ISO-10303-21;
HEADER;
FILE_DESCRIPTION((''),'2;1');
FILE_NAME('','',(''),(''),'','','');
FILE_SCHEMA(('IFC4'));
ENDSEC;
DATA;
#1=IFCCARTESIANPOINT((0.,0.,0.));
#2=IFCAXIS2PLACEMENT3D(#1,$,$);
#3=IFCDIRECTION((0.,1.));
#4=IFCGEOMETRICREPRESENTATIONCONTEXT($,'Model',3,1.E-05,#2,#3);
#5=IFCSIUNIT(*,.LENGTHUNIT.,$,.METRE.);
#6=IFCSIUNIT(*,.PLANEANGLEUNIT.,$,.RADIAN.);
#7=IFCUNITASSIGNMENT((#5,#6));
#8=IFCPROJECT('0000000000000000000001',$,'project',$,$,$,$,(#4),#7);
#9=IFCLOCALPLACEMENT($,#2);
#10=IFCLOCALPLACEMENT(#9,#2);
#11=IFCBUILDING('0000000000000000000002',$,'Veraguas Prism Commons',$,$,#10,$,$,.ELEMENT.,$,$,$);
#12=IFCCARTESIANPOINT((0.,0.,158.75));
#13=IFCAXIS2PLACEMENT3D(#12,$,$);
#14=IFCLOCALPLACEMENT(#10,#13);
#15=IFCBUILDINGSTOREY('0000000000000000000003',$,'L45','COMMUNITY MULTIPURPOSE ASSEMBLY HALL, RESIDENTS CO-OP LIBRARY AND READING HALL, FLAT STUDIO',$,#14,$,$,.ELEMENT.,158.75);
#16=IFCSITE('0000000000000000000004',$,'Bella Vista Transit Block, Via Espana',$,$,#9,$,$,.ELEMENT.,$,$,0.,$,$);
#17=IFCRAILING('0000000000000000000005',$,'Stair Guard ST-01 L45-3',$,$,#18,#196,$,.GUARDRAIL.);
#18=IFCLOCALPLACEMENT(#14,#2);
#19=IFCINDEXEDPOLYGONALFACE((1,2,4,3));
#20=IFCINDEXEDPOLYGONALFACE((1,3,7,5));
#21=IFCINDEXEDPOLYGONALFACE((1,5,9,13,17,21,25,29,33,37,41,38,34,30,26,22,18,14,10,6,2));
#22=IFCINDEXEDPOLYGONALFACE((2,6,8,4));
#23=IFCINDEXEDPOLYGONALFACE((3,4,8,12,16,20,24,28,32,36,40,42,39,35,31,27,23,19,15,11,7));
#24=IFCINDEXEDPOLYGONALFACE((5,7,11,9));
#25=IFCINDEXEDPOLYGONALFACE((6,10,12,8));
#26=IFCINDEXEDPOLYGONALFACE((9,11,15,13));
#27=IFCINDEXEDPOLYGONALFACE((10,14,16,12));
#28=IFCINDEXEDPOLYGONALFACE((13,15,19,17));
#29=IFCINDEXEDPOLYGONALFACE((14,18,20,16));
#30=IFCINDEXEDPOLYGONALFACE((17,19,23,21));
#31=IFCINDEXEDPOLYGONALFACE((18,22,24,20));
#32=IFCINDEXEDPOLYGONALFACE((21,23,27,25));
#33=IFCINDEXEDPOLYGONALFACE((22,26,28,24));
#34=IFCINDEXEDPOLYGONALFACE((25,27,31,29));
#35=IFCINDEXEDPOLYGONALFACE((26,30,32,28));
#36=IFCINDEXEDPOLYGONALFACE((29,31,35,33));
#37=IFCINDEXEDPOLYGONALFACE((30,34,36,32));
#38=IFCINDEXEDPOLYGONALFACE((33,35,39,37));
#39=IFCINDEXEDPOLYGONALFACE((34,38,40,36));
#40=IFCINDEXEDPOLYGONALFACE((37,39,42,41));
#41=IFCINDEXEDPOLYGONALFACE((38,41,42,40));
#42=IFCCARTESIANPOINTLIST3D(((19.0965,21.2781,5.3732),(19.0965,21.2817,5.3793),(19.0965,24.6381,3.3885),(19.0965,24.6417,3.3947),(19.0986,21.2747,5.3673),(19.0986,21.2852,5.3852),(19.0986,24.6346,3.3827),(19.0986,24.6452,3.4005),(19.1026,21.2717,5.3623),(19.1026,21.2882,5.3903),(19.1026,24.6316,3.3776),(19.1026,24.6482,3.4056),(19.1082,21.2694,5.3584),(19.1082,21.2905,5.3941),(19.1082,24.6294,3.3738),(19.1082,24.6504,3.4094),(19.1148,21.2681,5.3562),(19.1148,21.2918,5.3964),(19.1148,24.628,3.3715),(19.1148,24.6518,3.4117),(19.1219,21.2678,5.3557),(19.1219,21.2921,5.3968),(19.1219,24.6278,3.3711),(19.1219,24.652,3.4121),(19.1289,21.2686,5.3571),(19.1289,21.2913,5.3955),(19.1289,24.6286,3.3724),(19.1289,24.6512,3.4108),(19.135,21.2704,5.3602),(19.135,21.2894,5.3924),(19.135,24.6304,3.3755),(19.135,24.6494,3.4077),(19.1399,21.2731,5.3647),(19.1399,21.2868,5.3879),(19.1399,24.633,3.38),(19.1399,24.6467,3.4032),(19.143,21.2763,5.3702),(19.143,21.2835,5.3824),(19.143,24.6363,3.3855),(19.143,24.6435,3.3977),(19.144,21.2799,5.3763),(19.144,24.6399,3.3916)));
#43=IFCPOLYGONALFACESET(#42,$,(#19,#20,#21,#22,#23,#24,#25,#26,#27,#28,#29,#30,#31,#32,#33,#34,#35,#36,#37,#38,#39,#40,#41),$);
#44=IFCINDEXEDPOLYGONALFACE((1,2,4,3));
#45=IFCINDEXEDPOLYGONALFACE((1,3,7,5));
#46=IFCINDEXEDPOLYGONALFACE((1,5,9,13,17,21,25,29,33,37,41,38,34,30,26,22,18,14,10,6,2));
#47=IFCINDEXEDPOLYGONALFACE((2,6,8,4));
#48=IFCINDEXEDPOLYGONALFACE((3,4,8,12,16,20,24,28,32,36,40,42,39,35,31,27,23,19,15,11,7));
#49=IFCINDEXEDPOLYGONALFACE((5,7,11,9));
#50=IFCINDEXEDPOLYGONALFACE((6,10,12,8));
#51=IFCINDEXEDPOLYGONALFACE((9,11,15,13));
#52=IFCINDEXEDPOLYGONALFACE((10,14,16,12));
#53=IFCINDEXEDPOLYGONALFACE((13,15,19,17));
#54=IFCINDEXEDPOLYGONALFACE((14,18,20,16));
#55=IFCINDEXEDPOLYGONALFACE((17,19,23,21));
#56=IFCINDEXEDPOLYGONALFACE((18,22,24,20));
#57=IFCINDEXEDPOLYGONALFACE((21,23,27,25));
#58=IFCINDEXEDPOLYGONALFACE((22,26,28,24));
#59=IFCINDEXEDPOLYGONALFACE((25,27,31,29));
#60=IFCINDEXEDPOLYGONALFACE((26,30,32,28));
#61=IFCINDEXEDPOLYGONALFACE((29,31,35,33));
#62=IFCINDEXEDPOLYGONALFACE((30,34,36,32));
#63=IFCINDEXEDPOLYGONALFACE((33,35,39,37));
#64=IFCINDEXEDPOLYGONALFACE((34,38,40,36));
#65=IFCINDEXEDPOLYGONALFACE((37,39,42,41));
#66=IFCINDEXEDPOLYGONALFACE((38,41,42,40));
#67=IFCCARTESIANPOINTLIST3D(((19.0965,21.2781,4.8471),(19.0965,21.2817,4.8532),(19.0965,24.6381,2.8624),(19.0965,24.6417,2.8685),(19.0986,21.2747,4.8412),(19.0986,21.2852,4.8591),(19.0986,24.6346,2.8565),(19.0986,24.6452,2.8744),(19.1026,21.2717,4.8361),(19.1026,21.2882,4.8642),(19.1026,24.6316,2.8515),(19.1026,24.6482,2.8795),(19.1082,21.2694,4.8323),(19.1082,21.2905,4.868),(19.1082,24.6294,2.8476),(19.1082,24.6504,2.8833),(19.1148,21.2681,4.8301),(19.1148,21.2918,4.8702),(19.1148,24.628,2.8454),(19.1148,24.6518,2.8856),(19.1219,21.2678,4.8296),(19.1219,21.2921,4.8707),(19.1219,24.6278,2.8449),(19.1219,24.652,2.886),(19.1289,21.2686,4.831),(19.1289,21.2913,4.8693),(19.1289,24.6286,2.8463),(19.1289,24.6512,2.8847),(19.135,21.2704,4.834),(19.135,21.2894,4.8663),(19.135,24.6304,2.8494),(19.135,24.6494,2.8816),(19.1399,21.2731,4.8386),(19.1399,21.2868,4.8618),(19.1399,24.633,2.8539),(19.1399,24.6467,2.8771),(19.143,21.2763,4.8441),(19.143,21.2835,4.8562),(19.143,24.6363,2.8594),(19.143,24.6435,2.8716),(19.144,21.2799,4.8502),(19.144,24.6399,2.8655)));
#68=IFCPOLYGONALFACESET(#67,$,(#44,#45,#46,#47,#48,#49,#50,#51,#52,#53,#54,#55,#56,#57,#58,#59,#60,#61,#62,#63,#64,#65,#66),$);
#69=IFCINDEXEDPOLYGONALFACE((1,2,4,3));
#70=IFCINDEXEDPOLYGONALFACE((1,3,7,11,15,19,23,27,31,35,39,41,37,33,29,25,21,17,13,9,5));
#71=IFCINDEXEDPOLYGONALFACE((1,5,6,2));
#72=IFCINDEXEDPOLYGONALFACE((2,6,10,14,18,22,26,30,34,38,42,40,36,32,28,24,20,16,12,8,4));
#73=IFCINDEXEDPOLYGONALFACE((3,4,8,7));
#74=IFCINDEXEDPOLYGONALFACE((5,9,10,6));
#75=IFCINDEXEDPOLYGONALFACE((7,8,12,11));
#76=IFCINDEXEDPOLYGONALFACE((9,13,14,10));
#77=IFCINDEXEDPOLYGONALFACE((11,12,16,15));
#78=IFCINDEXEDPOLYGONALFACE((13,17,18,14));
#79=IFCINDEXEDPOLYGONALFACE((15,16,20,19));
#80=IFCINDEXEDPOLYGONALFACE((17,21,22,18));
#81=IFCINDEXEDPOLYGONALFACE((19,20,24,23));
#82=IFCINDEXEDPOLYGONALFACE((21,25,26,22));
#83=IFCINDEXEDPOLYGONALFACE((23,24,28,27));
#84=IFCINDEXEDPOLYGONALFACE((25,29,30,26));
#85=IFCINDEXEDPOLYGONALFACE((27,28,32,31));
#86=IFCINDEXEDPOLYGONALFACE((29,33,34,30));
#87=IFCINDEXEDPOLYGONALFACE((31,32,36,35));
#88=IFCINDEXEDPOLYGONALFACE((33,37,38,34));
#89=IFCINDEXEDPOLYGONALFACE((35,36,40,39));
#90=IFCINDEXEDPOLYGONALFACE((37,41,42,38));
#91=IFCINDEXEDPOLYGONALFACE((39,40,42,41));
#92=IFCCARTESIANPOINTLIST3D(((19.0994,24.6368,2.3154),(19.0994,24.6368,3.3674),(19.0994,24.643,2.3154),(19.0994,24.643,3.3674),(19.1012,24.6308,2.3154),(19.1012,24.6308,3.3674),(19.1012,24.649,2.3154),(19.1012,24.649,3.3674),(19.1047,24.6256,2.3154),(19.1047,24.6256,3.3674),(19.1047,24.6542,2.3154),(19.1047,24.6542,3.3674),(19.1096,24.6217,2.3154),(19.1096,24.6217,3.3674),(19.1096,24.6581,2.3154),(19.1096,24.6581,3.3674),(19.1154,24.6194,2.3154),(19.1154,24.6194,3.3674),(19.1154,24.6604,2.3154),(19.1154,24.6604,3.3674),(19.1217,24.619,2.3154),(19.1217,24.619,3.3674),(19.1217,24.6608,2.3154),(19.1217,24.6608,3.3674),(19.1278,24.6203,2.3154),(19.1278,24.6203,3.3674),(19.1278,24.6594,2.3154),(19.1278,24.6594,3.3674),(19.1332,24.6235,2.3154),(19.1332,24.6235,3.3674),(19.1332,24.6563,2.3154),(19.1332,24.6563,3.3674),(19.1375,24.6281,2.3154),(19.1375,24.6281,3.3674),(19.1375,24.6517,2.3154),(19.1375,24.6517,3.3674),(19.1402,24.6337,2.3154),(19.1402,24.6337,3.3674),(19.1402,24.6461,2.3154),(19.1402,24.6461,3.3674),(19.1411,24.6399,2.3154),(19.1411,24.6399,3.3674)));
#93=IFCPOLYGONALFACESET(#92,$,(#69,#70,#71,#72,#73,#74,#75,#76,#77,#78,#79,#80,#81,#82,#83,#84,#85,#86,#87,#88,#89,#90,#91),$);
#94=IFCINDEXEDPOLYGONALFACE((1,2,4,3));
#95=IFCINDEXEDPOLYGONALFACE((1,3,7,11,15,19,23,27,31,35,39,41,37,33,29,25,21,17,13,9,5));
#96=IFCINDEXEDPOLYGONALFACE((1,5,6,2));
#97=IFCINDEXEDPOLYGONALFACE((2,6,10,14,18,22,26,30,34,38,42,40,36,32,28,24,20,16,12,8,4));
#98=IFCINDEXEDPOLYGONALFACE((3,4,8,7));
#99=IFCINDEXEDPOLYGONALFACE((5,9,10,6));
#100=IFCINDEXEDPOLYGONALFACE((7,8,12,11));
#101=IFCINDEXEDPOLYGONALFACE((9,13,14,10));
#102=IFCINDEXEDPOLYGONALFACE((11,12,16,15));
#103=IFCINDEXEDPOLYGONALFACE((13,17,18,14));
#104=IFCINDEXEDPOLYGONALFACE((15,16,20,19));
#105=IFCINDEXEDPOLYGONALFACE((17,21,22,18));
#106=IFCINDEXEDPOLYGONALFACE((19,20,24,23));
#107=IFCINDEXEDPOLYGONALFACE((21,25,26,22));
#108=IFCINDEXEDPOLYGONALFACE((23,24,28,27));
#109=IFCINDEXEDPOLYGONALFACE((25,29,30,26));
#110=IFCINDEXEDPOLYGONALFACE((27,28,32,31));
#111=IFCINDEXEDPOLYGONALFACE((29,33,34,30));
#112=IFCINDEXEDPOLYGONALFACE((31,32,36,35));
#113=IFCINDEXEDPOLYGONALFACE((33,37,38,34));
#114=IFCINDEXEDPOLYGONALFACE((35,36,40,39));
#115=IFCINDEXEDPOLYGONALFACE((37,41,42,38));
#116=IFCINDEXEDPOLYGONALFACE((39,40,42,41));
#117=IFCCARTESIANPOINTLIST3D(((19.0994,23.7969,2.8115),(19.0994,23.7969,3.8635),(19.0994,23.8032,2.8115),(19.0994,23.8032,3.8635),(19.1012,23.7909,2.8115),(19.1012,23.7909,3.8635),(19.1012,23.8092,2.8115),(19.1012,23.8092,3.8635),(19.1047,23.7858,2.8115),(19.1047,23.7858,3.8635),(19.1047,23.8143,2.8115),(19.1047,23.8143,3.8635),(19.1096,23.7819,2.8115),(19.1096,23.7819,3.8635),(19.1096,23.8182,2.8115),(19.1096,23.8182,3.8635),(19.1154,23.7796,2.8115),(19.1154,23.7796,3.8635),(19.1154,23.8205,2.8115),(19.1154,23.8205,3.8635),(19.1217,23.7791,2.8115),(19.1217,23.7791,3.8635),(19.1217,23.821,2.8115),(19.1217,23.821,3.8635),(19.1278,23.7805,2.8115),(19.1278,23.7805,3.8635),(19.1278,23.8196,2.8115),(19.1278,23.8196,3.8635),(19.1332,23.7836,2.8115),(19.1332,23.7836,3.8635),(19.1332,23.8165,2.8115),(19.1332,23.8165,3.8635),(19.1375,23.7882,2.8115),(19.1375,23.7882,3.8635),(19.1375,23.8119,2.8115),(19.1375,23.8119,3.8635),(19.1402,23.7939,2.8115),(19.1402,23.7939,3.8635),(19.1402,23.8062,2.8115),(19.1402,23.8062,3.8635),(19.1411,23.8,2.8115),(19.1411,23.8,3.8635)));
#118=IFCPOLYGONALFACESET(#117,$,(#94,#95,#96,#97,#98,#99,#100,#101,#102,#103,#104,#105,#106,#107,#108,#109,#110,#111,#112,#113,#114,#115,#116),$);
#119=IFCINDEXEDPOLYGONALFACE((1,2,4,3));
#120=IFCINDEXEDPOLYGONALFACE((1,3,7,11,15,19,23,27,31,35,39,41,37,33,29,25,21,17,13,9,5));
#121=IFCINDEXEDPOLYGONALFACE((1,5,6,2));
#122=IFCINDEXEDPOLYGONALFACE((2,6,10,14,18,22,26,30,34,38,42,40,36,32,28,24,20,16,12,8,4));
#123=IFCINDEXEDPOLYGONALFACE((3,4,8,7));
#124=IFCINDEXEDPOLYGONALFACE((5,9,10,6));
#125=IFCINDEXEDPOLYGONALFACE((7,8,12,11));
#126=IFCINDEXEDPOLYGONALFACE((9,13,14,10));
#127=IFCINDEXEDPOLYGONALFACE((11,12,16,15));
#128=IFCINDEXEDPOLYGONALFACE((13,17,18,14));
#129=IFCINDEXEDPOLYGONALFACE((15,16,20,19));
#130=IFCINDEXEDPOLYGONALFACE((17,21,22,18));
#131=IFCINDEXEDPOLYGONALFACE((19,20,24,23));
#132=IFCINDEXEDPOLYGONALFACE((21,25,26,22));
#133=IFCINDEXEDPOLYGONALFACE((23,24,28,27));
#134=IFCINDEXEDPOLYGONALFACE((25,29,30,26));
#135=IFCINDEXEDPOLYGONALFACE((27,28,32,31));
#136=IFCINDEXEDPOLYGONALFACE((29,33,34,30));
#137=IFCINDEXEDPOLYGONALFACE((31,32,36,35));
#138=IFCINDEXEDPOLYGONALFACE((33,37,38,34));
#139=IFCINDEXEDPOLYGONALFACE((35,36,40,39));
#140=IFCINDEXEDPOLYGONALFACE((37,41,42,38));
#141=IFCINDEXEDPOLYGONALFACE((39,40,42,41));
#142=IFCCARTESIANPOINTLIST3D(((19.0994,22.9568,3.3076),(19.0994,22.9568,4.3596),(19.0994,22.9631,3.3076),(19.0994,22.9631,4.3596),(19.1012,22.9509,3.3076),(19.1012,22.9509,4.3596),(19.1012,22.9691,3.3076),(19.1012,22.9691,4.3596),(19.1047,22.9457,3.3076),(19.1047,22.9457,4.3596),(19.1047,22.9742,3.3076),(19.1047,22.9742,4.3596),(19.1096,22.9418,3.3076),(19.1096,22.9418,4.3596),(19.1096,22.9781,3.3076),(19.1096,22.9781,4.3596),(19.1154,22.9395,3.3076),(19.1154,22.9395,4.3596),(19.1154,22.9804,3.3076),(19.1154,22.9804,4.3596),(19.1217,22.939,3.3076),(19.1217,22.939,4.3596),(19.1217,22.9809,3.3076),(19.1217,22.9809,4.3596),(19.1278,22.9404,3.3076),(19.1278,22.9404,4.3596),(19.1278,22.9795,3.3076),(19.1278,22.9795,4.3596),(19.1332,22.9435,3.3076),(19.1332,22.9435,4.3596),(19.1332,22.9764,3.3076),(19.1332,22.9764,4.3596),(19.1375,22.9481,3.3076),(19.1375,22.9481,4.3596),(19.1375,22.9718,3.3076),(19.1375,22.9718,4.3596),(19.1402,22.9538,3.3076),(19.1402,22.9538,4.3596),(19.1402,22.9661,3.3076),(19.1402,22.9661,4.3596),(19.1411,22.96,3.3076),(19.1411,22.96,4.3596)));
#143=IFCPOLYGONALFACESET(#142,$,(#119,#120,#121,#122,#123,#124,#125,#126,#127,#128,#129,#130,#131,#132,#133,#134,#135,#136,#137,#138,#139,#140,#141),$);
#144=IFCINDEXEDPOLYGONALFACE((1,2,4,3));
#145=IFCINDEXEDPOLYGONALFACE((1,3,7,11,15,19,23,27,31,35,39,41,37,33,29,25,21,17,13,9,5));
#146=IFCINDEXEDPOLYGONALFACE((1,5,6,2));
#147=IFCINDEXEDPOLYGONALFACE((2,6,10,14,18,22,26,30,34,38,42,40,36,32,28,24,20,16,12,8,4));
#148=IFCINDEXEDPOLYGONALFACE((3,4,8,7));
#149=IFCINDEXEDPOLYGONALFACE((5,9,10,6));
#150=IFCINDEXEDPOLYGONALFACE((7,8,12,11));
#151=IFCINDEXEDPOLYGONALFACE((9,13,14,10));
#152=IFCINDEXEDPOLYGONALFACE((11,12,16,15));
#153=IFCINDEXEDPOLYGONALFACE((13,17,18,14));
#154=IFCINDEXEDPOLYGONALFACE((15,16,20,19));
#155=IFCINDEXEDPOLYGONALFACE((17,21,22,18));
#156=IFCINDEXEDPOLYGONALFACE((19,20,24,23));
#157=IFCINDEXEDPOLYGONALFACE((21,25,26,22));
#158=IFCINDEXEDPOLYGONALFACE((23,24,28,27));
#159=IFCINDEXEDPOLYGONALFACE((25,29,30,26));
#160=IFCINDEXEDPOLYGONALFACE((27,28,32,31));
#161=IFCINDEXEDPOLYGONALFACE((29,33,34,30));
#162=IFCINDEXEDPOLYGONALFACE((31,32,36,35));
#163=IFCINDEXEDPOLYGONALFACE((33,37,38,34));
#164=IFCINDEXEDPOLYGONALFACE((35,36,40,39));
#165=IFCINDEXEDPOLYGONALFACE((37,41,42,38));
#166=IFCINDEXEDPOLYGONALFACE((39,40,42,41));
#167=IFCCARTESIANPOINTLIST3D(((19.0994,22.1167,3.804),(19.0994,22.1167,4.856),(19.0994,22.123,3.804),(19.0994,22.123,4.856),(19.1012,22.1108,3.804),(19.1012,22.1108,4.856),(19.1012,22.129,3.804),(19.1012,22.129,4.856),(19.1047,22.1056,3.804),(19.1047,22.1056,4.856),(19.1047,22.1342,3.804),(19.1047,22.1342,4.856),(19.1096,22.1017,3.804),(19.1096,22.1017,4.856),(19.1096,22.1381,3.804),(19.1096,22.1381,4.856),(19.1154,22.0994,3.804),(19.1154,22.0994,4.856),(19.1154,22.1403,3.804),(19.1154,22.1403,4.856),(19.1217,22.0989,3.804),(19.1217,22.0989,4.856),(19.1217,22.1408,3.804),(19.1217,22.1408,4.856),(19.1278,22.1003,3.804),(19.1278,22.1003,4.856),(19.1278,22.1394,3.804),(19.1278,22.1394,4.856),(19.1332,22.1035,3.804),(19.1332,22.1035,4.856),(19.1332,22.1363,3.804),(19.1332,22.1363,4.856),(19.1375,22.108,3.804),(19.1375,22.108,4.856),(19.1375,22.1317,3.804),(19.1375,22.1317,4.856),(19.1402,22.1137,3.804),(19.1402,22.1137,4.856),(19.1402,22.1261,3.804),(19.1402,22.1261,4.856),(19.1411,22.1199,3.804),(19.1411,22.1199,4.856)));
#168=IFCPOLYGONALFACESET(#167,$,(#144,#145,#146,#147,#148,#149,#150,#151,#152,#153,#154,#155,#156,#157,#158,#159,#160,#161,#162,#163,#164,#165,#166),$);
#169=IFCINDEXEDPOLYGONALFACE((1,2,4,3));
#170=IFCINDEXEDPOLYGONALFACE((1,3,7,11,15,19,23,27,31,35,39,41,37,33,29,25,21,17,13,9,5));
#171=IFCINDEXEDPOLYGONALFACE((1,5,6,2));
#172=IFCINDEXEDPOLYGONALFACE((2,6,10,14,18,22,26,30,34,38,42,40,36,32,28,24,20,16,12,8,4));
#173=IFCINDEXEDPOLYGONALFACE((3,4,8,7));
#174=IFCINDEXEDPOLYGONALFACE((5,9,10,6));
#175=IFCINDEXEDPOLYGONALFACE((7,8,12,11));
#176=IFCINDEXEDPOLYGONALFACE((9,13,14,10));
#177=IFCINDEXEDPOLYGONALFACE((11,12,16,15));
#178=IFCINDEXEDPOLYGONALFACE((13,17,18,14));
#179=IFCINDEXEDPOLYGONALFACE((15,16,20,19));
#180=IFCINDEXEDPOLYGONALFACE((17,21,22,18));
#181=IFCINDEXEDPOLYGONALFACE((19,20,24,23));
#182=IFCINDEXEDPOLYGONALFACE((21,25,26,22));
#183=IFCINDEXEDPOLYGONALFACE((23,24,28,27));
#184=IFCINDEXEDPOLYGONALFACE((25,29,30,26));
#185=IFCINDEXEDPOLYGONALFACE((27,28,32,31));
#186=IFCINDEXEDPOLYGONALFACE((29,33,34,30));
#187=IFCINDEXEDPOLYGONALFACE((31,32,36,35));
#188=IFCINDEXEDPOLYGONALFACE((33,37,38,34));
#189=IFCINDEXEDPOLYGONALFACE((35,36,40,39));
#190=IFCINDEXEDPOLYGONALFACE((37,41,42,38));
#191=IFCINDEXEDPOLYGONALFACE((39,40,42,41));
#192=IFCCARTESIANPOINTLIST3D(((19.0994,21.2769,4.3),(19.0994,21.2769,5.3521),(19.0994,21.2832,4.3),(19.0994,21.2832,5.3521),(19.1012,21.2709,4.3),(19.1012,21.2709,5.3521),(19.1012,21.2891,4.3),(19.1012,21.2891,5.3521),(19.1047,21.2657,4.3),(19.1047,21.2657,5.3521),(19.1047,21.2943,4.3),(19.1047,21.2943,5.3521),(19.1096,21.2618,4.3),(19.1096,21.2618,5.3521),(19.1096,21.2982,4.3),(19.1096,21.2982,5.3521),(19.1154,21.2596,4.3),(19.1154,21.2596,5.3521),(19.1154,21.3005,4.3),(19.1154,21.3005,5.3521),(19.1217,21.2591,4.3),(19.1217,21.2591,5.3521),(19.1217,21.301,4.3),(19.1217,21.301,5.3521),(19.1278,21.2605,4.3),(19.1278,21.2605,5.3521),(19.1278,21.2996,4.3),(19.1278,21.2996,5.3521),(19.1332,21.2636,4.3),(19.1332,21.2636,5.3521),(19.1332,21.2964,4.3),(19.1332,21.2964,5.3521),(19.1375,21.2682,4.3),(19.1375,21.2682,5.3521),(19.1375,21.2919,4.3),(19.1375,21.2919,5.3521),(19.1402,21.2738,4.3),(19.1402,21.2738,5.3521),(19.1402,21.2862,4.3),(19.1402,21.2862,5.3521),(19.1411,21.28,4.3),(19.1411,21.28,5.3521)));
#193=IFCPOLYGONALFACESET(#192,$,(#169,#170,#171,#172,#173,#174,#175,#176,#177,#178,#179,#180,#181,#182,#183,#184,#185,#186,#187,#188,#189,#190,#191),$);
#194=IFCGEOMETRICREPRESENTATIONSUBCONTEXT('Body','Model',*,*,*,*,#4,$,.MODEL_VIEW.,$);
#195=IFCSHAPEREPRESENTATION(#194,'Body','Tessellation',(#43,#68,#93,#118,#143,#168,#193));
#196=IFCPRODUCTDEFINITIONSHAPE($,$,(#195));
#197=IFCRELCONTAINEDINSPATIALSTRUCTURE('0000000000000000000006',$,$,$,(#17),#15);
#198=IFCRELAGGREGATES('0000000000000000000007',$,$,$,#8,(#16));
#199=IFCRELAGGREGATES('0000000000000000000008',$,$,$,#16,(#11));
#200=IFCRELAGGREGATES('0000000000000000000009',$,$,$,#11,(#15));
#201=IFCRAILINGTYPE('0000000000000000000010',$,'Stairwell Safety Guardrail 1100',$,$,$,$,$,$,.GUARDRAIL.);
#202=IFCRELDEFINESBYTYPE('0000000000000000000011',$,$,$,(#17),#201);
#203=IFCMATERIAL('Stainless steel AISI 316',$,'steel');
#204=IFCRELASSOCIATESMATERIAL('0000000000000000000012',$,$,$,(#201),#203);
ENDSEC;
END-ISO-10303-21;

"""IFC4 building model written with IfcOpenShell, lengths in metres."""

from ifc_helpers import new_model, si_unit, direction, frame, origin, origin_2d, place, context, subcontext, project, spatial, circle, extrude, material, type_object, element, save


model = new_model("IFC4")

# Units and contexts
model_context = context("Model", 3, precision=1e-05, world=origin(), true_north=direction((0.0, 1.0)))
body_context = subcontext(model_context, "Body", "Model", "MODEL_VIEW")
ifc_project = project(units=[si_unit("LENGTHUNIT", "METRE"), si_unit("PLANEANGLEUNIT", "RADIAN")], contexts=[model_context])

# Site, building, storey
site_placement = place(None, origin())
site = spatial("IfcSite", under=ifc_project, at=site_placement, Name="Bella Vista Transit Block, Via Espana", CompositionType="ELEMENT", RefElevation=0.0)
building_placement = place(site_placement, origin())
building = spatial("IfcBuilding", under=site, at=building_placement, Name="Veraguas Prism Commons", CompositionType="ELEMENT")
storey_placement = place(building_placement, frame((0.0, 0.0, 158.75)))
storey = spatial("IfcBuildingStorey", under=building, at=storey_placement, Name="L45", Description="COMMUNITY MULTIPURPOSE ASSEMBLY HALL, RESIDENTS CO-OP LIBRARY AND READING HALL, FLAT STUDIO", CompositionType="ELEMENT", Elevation=158.75)

# Railing
ifc_material_1 = material(Name="Stainless steel AISI 316", Category="steel")
railing_type_1 = type_object("IfcRailingType", Name="Stairwell Safety Guardrail 1100", PredefinedType="GUARDRAIL", material=ifc_material_1)
railing_1_placement = place(storey_placement, frame((19.1201, 24.6399, 2.3154)))
element("IfcRailing", 1, at=railing_1_placement, inside=storey, type_object=railing_type_1, Name="Stair Guard ST-01 L45-3", PredefinedType="GUARDRAIL", context=body_context, shape_type="SweptSolid", body=[
    extrude(circle(Radius=0.0239, at=origin_2d()), frame((0.0, 0.0, 1.0762), z_axis=(0.0, -0.861011, 0.508586), x_axis=(1.0, 0.0, 0.0)), (0.0, 0.0, 1.0), 3.9023),
    extrude(circle(Radius=0.0239, at=origin_2d()), frame((0.0, 0.0, 0.55), z_axis=(0.0, -0.861011, 0.508586), x_axis=(1.0, 0.0, 0.0)), (0.0, 0.0, 1.0), 3.9023),
    extrude(circle(Radius=0.021, at=origin_2d()), origin(), (0.0, 0.0, 1.0), 1.052),
    extrude(circle(Radius=0.021, at=origin_2d()), frame((0.0, -0.8398, 0.4961)), (0.0, 0.0, 1.0), 1.052),
    extrude(circle(Radius=0.021, at=origin_2d()), frame((0.0, -1.6799, 0.9922)), (0.0, 0.0, 1.0), 1.052),
    extrude(circle(Radius=0.021, at=origin_2d()), frame((0.0, -2.52, 1.4885)), (0.0, 0.0, 1.0), 1.052),
    extrude(circle(Radius=0.021, at=origin_2d()), frame((0.0, -3.3599, 1.9846)), (0.0, 0.0, 1.0), 1.052),
])

save(model, "model.ifc")
